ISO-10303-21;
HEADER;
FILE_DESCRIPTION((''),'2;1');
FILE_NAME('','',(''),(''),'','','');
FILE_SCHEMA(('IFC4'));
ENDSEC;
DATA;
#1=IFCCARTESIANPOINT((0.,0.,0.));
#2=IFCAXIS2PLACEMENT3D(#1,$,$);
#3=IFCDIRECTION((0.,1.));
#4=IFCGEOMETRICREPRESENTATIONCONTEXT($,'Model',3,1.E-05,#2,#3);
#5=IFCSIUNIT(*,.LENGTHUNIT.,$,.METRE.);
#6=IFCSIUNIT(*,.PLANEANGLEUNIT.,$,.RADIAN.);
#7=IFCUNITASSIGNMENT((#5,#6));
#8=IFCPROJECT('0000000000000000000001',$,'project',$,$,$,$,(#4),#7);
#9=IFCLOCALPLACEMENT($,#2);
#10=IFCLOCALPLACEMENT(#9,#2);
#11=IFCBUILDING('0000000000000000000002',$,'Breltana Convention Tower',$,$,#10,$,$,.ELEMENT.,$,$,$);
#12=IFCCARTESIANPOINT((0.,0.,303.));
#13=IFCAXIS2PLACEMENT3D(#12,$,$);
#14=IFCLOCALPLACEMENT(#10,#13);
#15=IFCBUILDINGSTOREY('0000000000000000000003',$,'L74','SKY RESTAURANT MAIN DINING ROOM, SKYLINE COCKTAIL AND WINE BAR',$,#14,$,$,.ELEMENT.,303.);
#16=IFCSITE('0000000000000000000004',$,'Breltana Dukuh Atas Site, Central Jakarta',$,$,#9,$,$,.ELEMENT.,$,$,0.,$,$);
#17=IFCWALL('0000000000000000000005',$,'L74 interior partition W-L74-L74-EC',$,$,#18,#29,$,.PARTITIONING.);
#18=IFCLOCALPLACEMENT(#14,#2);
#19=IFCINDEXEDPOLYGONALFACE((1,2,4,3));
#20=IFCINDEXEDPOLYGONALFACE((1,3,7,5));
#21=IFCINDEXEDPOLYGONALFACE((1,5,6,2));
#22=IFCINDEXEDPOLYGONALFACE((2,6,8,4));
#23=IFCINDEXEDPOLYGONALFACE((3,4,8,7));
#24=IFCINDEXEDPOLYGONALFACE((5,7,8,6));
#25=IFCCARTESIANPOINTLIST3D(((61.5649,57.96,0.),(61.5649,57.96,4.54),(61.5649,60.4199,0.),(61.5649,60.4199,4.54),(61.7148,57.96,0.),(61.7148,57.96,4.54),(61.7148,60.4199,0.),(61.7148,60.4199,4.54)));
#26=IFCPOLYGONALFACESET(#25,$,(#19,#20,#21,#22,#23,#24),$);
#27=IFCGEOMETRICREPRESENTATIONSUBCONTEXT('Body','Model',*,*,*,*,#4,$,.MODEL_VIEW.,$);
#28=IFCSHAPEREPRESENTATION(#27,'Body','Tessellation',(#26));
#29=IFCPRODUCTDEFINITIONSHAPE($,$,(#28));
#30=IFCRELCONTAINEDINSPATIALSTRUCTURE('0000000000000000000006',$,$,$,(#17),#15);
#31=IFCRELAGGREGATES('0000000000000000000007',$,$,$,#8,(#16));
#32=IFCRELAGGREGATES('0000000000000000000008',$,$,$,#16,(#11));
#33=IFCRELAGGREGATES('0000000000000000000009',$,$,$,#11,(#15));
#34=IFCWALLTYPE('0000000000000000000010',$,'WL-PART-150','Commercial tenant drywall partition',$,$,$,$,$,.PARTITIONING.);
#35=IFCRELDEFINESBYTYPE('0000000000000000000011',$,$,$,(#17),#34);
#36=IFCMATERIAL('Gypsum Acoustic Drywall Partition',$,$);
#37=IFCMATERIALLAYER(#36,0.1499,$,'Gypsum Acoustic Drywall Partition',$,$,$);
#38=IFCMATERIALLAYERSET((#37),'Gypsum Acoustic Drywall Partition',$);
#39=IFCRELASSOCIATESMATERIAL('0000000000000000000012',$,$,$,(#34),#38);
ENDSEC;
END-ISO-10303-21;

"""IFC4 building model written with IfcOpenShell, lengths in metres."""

from ifc_helpers import new_model, si_unit, direction, frame, frame_2d, origin, place, context, subcontext, project, spatial, rectangle, extrude, source, transform, mapped, material, layer, layer_set, type_object, element, save


model = new_model("IFC4")

# Units and contexts
model_context = context("Model", 3, precision=1e-05, world=origin(), true_north=direction((0.0, 1.0)))
body_context = subcontext(model_context, "Body", "Model", "MODEL_VIEW")
ifc_project = project(units=[si_unit("LENGTHUNIT", "METRE"), si_unit("PLANEANGLEUNIT", "RADIAN")], contexts=[model_context])

# Site, building, storey
site_placement = place(None, origin())
site = spatial("IfcSite", under=ifc_project, at=site_placement, Name="Breltana Dukuh Atas Site, Central Jakarta", CompositionType="ELEMENT", RefElevation=0.0)
building_placement = place(site_placement, origin())
building = spatial("IfcBuilding", under=site, at=building_placement, Name="Breltana Convention Tower", CompositionType="ELEMENT")
storey_placement = place(building_placement, frame((0.0, 0.0, 303.0)))
storey = spatial("IfcBuildingStorey", under=building, at=storey_placement, Name="L74", Description="SKY RESTAURANT MAIN DINING ROOM, SKYLINE COCKTAIL AND WINE BAR", CompositionType="ELEMENT", Elevation=303.0)

# Wall
ifc_material_1 = material(Name="Gypsum Acoustic Drywall Partition")
ifc_layer_1 = layer(ifc_material_1, 0.1499, Name="Gypsum Acoustic Drywall Partition")
ifc_layer_set_1 = layer_set([ifc_layer_1], Name="Gypsum Acoustic Drywall Partition")
wall_type_1 = type_object("IfcWallType", Name="WL-PART-150", Description="Commercial tenant drywall partition", PredefinedType="PARTITIONING", material=ifc_layer_set_1)
shared_shape_1 = source(origin(), body_context, "Body", "SweptSolid", [
    extrude(rectangle(XDim=2.46, YDim=0.1499, at=frame_2d((1.23, 0.0))), origin(), (0.0, 0.0, 1.0), 4.54),
])
wall_1_placement = place(storey_placement, frame((61.6399, 57.96, 0.0), z_axis=(0.0, 0.0, 1.0), x_axis=(0.0, 1.0, 0.0)))
element("IfcWall", 1, at=wall_1_placement, inside=storey, type_object=wall_type_1, Name="L74 interior partition W-L74-L74-EC", PredefinedType="PARTITIONING", context=body_context, shape_type="MappedRepresentation", body=[
    mapped(shared_shape_1, transform((0.0, 0.0, 0.0), scale=1.0)),
])

save(model, "model.ifc")
